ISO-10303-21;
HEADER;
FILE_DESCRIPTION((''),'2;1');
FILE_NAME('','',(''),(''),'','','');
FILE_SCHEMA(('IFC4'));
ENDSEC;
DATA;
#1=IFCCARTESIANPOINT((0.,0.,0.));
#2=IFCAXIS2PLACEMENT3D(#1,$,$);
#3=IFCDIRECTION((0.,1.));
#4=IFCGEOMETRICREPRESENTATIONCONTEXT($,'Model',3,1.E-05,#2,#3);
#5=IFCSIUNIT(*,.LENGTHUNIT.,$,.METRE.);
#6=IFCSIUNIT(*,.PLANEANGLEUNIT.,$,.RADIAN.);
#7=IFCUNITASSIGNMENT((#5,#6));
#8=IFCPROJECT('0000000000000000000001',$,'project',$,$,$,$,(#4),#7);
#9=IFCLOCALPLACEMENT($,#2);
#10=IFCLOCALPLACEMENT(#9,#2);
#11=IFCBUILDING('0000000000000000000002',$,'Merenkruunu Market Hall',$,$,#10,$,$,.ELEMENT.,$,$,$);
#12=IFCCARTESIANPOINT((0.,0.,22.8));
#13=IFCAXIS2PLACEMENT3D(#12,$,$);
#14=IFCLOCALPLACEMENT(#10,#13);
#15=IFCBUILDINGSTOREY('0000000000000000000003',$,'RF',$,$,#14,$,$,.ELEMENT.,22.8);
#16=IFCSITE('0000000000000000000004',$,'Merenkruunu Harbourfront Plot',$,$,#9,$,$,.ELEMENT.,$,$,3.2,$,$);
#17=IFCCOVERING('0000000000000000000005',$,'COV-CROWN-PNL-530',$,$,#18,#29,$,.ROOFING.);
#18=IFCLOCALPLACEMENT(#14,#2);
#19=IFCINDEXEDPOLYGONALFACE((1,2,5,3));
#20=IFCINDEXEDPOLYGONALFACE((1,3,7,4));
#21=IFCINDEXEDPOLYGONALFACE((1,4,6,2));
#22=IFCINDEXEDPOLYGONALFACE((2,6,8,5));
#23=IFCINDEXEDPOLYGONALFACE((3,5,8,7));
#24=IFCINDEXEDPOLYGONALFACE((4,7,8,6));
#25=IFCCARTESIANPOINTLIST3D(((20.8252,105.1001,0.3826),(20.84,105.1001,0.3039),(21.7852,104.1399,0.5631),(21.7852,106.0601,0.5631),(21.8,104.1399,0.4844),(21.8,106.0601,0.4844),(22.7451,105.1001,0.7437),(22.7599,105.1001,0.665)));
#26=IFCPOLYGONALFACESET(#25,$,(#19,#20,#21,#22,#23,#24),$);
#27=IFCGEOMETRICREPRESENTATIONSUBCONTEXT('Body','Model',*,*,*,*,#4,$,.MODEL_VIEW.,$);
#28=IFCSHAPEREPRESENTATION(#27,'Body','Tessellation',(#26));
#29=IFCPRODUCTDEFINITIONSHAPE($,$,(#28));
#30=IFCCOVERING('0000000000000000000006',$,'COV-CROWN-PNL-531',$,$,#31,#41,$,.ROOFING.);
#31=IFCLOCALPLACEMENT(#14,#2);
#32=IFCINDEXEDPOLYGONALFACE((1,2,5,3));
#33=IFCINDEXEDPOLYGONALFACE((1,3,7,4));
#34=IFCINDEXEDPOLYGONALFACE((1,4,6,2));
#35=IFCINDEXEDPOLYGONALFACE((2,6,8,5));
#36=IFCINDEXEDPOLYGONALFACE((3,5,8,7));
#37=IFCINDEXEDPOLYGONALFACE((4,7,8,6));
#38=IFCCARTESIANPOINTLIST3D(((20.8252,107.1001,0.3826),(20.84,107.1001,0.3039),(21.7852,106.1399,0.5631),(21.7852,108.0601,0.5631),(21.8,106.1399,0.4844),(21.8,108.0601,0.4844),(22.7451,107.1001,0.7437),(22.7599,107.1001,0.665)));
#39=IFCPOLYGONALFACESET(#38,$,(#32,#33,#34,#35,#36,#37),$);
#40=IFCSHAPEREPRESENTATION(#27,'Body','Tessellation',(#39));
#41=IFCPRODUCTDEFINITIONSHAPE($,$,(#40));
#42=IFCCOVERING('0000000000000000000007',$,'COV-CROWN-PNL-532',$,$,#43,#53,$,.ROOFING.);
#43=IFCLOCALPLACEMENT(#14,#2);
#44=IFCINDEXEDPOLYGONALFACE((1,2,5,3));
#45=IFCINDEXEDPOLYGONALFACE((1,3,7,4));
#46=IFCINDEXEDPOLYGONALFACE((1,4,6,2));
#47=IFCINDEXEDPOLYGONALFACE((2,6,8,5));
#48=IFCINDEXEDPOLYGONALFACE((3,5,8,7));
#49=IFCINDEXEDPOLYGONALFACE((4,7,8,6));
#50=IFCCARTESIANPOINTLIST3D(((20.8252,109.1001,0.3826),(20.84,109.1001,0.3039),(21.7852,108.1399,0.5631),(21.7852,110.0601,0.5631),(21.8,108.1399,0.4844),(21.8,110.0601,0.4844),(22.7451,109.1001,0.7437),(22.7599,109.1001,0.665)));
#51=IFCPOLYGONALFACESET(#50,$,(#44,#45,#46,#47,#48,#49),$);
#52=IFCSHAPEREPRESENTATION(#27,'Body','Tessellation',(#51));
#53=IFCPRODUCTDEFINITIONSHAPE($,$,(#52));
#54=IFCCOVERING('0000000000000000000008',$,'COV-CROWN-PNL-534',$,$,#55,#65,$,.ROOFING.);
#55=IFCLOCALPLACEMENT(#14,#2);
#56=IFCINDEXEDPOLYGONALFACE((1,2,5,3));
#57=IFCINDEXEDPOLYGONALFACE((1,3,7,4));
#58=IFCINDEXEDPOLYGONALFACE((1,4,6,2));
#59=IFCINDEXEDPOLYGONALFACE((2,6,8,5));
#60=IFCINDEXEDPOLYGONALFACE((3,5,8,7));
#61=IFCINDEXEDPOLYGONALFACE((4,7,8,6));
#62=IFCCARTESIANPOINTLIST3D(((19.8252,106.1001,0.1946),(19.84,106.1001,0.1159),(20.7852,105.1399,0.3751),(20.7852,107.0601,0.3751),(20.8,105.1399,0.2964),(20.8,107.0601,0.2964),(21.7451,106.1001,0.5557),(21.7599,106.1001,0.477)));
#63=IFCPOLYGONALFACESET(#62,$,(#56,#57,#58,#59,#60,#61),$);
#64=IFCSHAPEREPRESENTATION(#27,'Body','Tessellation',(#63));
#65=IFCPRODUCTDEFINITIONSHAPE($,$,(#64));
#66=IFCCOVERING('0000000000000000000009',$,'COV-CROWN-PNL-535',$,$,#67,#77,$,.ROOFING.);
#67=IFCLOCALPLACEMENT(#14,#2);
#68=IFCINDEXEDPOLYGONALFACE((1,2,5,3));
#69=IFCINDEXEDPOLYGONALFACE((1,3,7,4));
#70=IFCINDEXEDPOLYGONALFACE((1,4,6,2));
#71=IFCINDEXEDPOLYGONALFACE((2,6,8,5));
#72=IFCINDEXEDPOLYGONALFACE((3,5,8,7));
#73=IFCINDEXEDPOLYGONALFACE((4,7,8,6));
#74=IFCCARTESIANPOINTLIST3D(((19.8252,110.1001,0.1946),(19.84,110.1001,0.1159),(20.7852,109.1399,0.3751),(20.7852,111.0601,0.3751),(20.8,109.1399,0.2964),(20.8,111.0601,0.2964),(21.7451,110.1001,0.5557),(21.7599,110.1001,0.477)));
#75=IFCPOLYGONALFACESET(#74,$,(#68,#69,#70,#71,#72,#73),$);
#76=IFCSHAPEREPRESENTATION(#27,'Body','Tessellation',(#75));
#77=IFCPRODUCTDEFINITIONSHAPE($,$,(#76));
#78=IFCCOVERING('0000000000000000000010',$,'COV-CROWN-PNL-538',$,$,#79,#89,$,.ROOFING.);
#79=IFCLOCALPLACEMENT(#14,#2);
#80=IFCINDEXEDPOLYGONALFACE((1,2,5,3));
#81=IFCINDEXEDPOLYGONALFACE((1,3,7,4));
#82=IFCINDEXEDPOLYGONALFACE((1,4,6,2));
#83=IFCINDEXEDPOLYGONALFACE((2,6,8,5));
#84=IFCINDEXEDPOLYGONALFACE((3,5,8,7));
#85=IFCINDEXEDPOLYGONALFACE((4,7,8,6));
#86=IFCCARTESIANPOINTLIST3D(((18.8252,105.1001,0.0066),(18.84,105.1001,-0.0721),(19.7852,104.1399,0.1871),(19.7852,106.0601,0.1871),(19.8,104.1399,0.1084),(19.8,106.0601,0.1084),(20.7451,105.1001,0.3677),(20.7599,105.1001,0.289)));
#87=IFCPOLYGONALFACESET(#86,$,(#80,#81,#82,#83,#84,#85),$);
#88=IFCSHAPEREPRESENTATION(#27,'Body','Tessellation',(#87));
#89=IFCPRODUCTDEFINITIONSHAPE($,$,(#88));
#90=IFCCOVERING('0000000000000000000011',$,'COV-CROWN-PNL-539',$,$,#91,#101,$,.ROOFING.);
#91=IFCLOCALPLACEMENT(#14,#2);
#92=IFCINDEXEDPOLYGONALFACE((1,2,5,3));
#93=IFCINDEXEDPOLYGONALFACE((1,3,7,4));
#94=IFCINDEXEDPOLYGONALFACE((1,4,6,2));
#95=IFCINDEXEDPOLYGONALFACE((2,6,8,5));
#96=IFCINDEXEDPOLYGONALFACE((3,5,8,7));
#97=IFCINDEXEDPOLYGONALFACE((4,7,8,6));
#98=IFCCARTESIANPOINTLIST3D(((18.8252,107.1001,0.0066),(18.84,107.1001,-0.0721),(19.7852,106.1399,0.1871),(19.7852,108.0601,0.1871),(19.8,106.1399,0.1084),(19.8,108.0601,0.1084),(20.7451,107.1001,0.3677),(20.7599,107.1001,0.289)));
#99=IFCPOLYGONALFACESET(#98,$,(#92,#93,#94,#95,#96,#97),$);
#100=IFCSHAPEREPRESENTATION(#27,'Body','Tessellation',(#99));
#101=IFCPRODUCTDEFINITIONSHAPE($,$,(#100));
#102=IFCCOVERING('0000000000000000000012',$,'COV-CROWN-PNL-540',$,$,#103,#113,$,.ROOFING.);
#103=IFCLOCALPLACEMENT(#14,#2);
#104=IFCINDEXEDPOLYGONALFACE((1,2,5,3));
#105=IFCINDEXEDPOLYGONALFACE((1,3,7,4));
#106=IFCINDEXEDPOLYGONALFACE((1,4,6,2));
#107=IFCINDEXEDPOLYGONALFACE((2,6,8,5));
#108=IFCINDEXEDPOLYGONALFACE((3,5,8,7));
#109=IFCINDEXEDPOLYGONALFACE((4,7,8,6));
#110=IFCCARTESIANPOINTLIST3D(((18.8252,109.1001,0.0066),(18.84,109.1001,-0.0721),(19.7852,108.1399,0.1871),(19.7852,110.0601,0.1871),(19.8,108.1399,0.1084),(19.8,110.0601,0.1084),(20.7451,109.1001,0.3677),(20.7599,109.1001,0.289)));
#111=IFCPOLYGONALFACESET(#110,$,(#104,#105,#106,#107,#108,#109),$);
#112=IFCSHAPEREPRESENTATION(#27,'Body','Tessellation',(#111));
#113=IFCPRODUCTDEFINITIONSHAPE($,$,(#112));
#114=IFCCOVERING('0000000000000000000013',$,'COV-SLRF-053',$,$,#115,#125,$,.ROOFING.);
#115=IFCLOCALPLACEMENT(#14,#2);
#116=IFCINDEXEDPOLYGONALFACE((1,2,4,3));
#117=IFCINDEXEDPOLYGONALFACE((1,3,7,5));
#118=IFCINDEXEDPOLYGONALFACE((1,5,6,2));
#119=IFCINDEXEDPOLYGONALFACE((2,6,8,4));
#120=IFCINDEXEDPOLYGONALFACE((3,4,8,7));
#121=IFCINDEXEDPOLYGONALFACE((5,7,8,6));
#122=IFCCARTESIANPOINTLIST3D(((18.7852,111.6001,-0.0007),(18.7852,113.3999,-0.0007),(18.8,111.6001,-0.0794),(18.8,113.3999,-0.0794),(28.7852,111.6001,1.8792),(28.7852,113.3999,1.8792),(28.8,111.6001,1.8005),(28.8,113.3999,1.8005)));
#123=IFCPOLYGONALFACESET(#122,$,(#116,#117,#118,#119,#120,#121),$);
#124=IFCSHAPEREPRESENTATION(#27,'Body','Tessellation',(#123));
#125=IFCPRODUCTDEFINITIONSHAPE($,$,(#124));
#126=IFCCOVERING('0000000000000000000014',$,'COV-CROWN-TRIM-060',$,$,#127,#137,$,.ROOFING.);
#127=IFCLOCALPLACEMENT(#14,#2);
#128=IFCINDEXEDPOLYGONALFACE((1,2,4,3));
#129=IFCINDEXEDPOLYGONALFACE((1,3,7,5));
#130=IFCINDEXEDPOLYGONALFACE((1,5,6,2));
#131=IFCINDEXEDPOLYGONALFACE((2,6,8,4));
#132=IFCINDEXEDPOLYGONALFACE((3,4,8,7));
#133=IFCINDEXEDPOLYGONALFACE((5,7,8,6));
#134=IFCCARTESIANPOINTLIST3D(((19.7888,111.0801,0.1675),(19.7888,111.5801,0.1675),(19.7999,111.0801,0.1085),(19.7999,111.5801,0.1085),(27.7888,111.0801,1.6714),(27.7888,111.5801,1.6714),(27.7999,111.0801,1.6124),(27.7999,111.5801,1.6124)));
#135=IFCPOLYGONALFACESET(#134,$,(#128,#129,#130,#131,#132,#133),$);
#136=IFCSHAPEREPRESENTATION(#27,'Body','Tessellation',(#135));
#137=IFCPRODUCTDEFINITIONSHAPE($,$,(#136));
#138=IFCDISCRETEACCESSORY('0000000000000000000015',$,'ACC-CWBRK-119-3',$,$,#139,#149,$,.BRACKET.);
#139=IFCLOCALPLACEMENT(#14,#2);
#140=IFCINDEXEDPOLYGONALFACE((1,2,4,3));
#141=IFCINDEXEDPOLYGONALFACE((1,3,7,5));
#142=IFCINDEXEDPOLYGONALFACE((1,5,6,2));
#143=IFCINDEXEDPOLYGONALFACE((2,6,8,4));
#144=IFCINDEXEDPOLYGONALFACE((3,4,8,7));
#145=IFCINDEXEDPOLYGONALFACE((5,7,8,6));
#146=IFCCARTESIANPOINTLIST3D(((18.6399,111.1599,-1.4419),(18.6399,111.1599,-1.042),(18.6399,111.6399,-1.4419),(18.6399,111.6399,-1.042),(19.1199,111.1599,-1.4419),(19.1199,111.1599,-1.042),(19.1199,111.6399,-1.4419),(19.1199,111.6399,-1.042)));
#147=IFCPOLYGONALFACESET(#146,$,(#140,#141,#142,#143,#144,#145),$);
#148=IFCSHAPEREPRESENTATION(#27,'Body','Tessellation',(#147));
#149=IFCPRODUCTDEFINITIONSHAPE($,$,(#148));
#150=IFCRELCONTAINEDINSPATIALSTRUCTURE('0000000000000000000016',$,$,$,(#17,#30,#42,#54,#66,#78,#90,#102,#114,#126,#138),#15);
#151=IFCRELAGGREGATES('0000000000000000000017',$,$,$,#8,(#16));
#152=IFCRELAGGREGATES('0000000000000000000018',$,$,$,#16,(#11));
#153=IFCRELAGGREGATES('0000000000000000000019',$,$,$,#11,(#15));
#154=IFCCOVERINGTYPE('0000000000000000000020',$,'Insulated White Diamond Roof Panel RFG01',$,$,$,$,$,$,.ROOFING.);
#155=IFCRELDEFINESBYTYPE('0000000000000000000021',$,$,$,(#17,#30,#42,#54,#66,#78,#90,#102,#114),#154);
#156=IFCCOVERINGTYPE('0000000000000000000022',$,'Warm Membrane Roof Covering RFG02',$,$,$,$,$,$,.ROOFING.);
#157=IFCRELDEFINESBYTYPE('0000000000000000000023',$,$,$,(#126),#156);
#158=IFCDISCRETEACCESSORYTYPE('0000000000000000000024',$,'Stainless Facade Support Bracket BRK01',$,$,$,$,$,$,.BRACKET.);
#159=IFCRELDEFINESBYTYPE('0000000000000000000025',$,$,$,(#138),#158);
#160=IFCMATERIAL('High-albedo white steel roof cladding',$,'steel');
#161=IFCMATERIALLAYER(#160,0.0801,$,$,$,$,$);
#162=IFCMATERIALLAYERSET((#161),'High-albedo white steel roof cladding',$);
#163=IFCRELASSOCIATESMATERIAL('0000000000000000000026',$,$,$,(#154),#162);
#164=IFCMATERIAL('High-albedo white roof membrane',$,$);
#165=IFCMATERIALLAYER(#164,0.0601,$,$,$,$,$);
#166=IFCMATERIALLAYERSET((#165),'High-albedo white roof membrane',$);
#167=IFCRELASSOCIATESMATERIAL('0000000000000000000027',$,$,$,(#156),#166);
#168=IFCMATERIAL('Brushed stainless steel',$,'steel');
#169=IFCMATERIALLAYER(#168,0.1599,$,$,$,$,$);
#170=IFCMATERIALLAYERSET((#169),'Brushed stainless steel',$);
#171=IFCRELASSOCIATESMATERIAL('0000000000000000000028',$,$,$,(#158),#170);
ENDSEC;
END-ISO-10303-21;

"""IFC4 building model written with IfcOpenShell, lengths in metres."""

from ifc_helpers import new_model, si_unit, direction, frame, origin, origin_2d, place, context, subcontext, project, spatial, polyline, rectangle, outline, extrude, material, layer, layer_set, type_object, element, save


model = new_model("IFC4")

# Units and contexts
model_context = context("Model", 3, precision=1e-05, world=origin(), true_north=direction((0.0, 1.0)))
body_context = subcontext(model_context, "Body", "Model", "MODEL_VIEW")
ifc_project = project(units=[si_unit("LENGTHUNIT", "METRE"), si_unit("PLANEANGLEUNIT", "RADIAN")], contexts=[model_context])

# Site, building, storey
site_placement = place(None, origin())
site = spatial("IfcSite", under=ifc_project, at=site_placement, Name="Merenkruunu Harbourfront Plot", CompositionType="ELEMENT", RefElevation=3.2)
building_placement = place(site_placement, origin())
building = spatial("IfcBuilding", under=site, at=building_placement, Name="Merenkruunu Market Hall", CompositionType="ELEMENT")
storey_placement = place(building_placement, frame((0.0, 0.0, 22.8)))
storey = spatial("IfcBuildingStorey", under=building, at=storey_placement, Name="RF", CompositionType="ELEMENT", Elevation=22.8)

# Coverings
ifc_material_1 = material(Name="High-albedo white steel roof cladding", Category="steel")
ifc_layer_1 = layer(ifc_material_1, 0.0801)
ifc_layer_set_1 = layer_set([ifc_layer_1], Name="High-albedo white steel roof cladding")
covering_type_1 = type_object("IfcCoveringType", Name="Insulated White Diamond Roof Panel RFG01", PredefinedType="ROOFING", material=ifc_layer_set_1)
for number, where, z_axis, x_axis, name in (
    (1, (20.8252, 105.1001, 0.3826), (-0.184832, 0.0, 0.98277), (0.700856, -0.701018, 0.131812), "COV-CROWN-PNL-530"),
    (2, (20.8252, 107.1001, 0.3826), (-0.184832, 0.0, 0.98277), (0.700856, -0.701018, 0.131812), "COV-CROWN-PNL-531"),
    (3, (20.8252, 109.1001, 0.3826), (-0.184832, 0.0, 0.98277), (0.700856, -0.701018, 0.131812), "COV-CROWN-PNL-532"),
    (4, (19.8252, 106.1001, 0.1946), (-0.184832, 0.0, 0.98277), (0.700856, -0.701018, 0.131812), "COV-CROWN-PNL-534"),
    (5, (19.8252, 110.1001, 0.1946), (-0.184832, 0.0, 0.98277), (0.700856, -0.701018, 0.131812), "COV-CROWN-PNL-535"),
    (6, (18.8252, 105.1001, 0.0066), (-0.184832, 0.0, 0.98277), (0.700856, -0.701018, 0.131812), "COV-CROWN-PNL-538"),
    (7, (18.8252, 107.1001, 0.0066), (-0.184832, 0.0, 0.98277), (0.700856, -0.701018, 0.131812), "COV-CROWN-PNL-539"),
    (8, (18.8252, 109.1001, 0.0066), (-0.184832, 0.0, 0.98277), (0.700856, -0.701018, 0.131812), "COV-CROWN-PNL-540"),
):
    element("IfcCovering", number, at=place(storey_placement, frame(where, z_axis=z_axis, x_axis=x_axis)), inside=storey, type_object=covering_type_1, Name=name, PredefinedType="ROOFING", context=body_context, shape_type="SweptSolid", body=[
        extrude(outline(polyline([(0.0, 0.0), (1.3697, 0.0), (1.3932, 1.3695), (0.0237, 1.3694), (0.0, 0.0)])), origin(), (0.0, 0.0, -1.0), 0.0801),
    ])
covering_1_placement = place(storey_placement, frame((18.7852, 111.6001, -0.0007), z_axis=(-0.184752, 0.0, 0.982785), x_axis=(0.982785, 0.0, 0.184752)))
element("IfcCovering", 9, at=covering_1_placement, inside=storey, type_object=covering_type_1, Name="COV-SLRF-053", PredefinedType="ROOFING", context=body_context, shape_type="SweptSolid", body=[
    extrude(outline(polyline([(0.0, 0.0), (10.1752, 0.0), (10.1752, 1.7998), (0.0, 1.7998), (0.0, 0.0)])), origin(), (0.0, 0.0, -1.0), 0.0801),
])
ifc_material_2 = material(Name="High-albedo white roof membrane")
ifc_layer_2 = layer(ifc_material_2, 0.0601)
ifc_layer_set_2 = layer_set([ifc_layer_2], Name="High-albedo white roof membrane")
covering_type_2 = type_object("IfcCoveringType", Name="Warm Membrane Roof Covering RFG02", PredefinedType="ROOFING", material=ifc_layer_set_2)
covering_2_placement = place(storey_placement, frame((19.7888, 111.0801, 0.1675), z_axis=(-0.184752, 0.0, 0.982785), x_axis=(0.982785, 0.0, 0.184752)))
element("IfcCovering", 10, at=covering_2_placement, inside=storey, type_object=covering_type_2, Name="COV-CROWN-TRIM-060", PredefinedType="ROOFING", context=body_context, shape_type="SweptSolid", body=[
    extrude(outline(polyline([(0.0, 0.0), (8.1401, 0.0), (8.1401, 0.5), (0.0, 0.5), (0.0, 0.0)])), origin(), (0.0, 0.0, -1.0), 0.0601),
])

# Discrete accessory
ifc_material_3 = material(Name="Brushed stainless steel", Category="steel")
ifc_layer_3 = layer(ifc_material_3, 0.1599)
ifc_layer_set_3 = layer_set([ifc_layer_3], Name="Brushed stainless steel")
discrete_accessory_type = type_object("IfcDiscreteAccessoryType", Name="Stainless Facade Support Bracket BRK01", PredefinedType="BRACKET", material=ifc_layer_set_3)
discrete_accessory_placement = place(storey_placement, frame((18.8799, 111.3999, -1.4419), z_axis=(0.0, 0.0, 1.0), x_axis=(1.0, 0.0, 0.0)))
element("IfcDiscreteAccessory", 11, at=discrete_accessory_placement, inside=storey, type_object=discrete_accessory_type, Name="ACC-CWBRK-119-3", PredefinedType="BRACKET", context=body_context, shape_type="SweptSolid", body=[
    extrude(rectangle(XDim=0.48, YDim=0.48, at=origin_2d()), origin(), (0.0, 0.0, 1.0), 0.3999),
])

save(model, "model.ifc")
